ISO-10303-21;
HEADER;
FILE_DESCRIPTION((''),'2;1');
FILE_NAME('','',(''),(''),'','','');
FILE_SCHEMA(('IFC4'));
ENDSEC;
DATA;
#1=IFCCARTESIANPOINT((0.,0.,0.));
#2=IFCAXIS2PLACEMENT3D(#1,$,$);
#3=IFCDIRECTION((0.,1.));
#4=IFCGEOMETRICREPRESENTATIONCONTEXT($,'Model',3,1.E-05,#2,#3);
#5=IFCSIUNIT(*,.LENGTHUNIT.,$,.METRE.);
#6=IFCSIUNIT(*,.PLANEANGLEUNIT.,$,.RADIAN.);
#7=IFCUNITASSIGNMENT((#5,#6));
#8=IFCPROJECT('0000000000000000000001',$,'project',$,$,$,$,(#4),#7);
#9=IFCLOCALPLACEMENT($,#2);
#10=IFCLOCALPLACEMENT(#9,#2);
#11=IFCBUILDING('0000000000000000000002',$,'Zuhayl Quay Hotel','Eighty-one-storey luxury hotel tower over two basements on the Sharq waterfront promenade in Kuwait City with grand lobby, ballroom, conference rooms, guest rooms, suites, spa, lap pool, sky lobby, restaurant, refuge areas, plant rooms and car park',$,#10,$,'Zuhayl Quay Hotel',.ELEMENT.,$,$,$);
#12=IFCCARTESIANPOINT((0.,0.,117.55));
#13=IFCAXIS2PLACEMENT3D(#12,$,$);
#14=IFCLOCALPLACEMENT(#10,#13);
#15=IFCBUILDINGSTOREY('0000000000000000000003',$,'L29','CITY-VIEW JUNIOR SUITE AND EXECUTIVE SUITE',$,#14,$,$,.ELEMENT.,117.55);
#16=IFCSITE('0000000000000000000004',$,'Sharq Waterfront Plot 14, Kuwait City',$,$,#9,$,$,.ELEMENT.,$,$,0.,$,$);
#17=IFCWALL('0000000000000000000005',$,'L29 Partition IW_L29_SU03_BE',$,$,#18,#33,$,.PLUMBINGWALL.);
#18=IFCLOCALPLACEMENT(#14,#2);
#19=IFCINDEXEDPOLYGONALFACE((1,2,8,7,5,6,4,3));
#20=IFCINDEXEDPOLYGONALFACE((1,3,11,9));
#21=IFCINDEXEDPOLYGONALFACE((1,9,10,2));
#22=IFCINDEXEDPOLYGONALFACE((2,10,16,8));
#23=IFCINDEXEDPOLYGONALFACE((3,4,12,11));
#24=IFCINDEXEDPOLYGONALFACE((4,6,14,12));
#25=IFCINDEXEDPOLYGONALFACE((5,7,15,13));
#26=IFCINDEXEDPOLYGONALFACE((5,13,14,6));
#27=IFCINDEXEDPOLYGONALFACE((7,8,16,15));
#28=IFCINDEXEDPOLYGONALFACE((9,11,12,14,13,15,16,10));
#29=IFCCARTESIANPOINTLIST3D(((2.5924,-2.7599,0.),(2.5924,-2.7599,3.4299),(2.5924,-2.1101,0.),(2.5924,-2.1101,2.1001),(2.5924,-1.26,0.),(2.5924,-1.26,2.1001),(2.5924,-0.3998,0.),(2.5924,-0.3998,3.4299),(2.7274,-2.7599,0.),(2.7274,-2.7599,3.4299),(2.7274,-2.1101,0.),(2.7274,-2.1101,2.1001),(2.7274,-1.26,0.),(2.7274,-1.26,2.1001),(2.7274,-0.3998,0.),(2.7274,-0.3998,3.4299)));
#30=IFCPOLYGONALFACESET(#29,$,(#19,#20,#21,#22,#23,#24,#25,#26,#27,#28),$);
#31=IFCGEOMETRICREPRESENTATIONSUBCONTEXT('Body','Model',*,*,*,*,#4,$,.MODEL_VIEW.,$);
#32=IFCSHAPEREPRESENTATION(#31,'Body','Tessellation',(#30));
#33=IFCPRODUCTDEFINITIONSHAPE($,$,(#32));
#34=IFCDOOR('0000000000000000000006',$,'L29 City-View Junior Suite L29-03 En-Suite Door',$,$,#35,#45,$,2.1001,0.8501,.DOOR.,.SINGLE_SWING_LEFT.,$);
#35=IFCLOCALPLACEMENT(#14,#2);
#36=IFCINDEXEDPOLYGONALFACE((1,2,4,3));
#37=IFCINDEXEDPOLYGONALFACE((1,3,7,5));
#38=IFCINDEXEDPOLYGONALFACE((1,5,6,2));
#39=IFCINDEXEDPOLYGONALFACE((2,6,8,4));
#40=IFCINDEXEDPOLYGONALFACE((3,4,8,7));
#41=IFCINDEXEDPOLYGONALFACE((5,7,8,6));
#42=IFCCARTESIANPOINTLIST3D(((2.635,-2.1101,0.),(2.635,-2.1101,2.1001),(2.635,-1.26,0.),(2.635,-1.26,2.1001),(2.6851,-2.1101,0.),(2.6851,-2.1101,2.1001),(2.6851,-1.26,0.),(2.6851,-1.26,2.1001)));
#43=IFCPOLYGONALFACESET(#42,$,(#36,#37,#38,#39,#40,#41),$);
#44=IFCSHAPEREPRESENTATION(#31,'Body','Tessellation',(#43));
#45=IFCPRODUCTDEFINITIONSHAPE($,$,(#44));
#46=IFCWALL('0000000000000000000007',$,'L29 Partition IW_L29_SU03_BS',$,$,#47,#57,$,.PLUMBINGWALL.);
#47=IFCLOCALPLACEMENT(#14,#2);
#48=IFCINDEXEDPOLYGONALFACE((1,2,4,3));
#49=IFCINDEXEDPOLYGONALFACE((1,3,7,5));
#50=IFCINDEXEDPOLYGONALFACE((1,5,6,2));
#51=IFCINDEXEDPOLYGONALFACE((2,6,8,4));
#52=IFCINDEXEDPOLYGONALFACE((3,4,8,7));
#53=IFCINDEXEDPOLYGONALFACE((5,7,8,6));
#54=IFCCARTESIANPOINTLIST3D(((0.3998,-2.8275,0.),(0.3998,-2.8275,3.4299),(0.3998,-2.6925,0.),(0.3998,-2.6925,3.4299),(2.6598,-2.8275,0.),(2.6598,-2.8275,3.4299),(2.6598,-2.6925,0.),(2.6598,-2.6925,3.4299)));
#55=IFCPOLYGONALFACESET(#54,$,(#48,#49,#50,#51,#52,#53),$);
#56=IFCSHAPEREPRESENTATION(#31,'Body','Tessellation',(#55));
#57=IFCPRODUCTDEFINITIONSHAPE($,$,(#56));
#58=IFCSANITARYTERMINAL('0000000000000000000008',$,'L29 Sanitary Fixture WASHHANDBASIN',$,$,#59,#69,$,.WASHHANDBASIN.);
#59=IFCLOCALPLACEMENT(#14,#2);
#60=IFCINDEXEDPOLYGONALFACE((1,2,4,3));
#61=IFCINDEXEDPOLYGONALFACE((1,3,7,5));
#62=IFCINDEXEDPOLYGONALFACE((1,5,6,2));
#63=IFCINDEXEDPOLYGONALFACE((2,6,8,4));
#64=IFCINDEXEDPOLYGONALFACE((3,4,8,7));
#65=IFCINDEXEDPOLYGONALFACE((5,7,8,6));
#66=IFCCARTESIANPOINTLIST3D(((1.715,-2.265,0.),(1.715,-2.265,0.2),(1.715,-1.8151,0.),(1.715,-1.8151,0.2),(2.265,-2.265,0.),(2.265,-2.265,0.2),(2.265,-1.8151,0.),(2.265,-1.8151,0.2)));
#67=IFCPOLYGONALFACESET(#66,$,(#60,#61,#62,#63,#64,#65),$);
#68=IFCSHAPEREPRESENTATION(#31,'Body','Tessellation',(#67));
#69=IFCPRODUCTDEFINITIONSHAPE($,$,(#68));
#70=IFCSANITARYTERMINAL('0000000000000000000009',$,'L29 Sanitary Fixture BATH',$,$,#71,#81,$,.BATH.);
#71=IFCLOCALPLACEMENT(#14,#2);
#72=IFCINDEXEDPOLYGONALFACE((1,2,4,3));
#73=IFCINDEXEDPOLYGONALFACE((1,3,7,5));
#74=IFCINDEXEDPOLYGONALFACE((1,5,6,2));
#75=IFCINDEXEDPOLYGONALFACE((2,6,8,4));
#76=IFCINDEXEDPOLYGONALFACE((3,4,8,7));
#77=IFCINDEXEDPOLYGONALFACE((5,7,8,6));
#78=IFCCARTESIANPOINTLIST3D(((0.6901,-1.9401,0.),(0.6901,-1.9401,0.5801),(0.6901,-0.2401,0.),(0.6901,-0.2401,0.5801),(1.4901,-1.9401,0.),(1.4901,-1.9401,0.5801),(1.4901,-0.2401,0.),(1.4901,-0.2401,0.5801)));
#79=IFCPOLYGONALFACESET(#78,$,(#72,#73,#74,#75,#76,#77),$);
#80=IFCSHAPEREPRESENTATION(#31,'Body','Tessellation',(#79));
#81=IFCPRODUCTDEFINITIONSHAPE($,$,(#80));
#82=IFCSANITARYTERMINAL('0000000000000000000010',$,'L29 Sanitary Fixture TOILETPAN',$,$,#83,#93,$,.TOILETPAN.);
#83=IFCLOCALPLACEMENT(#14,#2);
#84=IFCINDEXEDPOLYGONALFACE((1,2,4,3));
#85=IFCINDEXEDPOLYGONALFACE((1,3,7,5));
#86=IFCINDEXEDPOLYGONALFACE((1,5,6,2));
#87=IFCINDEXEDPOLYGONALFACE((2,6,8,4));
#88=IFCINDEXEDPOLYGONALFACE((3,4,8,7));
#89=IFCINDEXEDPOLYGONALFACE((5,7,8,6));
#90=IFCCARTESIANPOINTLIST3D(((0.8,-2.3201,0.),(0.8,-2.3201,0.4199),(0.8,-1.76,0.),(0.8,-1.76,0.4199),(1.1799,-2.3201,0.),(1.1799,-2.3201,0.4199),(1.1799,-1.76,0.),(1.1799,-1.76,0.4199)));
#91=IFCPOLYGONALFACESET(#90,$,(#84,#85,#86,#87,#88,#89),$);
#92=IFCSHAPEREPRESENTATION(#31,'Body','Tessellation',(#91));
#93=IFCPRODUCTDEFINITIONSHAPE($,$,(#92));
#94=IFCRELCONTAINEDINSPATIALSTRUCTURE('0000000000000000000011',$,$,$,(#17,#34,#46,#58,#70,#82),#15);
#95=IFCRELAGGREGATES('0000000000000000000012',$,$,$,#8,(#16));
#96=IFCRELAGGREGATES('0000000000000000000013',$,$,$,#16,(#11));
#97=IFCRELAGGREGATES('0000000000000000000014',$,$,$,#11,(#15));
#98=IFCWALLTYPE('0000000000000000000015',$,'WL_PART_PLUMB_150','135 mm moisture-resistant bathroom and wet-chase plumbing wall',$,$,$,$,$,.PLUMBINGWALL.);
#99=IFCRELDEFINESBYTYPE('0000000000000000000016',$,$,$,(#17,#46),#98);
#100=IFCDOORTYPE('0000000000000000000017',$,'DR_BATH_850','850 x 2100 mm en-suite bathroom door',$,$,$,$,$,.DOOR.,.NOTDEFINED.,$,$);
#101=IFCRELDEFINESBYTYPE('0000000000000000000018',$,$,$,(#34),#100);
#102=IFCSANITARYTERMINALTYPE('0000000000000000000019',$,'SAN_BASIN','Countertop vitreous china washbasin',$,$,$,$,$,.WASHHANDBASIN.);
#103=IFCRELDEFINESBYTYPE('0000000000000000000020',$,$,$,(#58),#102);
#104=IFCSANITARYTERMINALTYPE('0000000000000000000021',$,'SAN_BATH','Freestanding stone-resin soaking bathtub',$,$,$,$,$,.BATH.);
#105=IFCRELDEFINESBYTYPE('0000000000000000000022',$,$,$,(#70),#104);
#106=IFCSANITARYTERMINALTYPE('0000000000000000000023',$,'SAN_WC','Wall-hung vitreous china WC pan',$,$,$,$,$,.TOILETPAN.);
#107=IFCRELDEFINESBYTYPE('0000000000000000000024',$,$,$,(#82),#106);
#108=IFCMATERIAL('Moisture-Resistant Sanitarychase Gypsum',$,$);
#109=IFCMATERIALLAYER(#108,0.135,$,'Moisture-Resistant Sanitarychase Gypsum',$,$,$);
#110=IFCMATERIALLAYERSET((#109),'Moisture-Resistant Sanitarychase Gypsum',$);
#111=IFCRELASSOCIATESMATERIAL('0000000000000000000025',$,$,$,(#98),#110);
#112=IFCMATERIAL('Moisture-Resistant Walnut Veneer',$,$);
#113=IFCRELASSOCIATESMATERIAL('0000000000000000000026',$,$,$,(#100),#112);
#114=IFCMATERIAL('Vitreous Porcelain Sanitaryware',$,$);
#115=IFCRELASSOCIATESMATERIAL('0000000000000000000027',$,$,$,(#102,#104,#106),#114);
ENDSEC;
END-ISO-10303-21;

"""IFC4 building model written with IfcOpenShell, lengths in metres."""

from ifc_helpers import new_model, si_unit, direction, frame, frame_2d, origin, origin_2d, place, context, subcontext, project, spatial, rectangle, extrude, material, layer, layer_set, type_object, element, fill, save


model = new_model("IFC4")

# Units and contexts
model_context = context("Model", 3, precision=1e-05, world=origin(), true_north=direction((0.0, 1.0)))
body_context = subcontext(model_context, "Body", "Model", "MODEL_VIEW")
ifc_project = project(units=[si_unit("LENGTHUNIT", "METRE"), si_unit("PLANEANGLEUNIT", "RADIAN")], contexts=[model_context])

# Site, building, storey
site_placement = place(None, origin())
site = spatial("IfcSite", under=ifc_project, at=site_placement, Name="Sharq Waterfront Plot 14, Kuwait City", CompositionType="ELEMENT", RefElevation=0.0)
building_placement = place(site_placement, origin())
building = spatial("IfcBuilding", under=site, at=building_placement, Name="Zuhayl Quay Hotel", Description="Eighty-one-storey luxury hotel tower over two basements on the Sharq waterfront promenade in Kuwait City with grand lobby, ballroom, conference rooms, guest rooms, suites, spa, lap pool, sky lobby, restaurant, refuge areas, plant rooms and car park", LongName="Zuhayl Quay Hotel", CompositionType="ELEMENT")
storey_placement = place(building_placement, frame((0.0, 0.0, 117.55)))
storey = spatial("IfcBuildingStorey", under=building, at=storey_placement, Name="L29", Description="CITY-VIEW JUNIOR SUITE AND EXECUTIVE SUITE", CompositionType="ELEMENT", Elevation=117.55)

# Wall, opening, door
ifc_material_1 = material(Name="Moisture-Resistant Sanitarychase Gypsum")
ifc_layer_1 = layer(ifc_material_1, 0.135, Name="Moisture-Resistant Sanitarychase Gypsum")
ifc_layer_set_1 = layer_set([ifc_layer_1], Name="Moisture-Resistant Sanitarychase Gypsum")
wall_type_1 = type_object("IfcWallType", Name="WL_PART_PLUMB_150", Description="135 mm moisture-resistant bathroom and wet-chase plumbing wall", PredefinedType="PLUMBINGWALL", material=ifc_layer_set_1)
wall_1_placement = place(storey_placement, frame((2.6599, -2.76, 0.0), z_axis=(0.0, 0.0, 1.0), x_axis=(0.0, 1.0, 0.0)))
wall_1 = element("IfcWall", 1, at=wall_1_placement, inside=storey, type_object=wall_type_1, Name="L29 Partition IW_L29_SU03_BE", PredefinedType="PLUMBINGWALL", context=body_context, shape_type="SweptSolid", body=[
    extrude(rectangle(XDim=2.3601, YDim=0.135, at=frame_2d((1.1802, 0.0))), origin(), (0.0, 0.0, 1.0), 3.4299),
])
opening_1_placement = place(wall_1_placement, frame((0.6499, 0.0, 0.0)))
opening_1 = element("IfcOpeningElement", 2, at=opening_1_placement, cuts=wall_1, PredefinedType="OPENING", context=body_context, shape_type="SweptSolid", body=[
    extrude(rectangle(XDim=0.8501, YDim=2.1001, at=frame_2d((0.425, 1.05))), frame((0.0, 0.0774, 0.0), z_axis=(0.0, -1.0, 0.0), x_axis=(1.0, 0.0, 0.0)), (0.0, 0.0, 1.0), 0.155),
])
ifc_material_2 = material(Name="Moisture-Resistant Walnut Veneer")
door_type_1 = type_object("IfcDoorType", Name="DR_BATH_850", Description="850 x 2100 mm en-suite bathroom door", OperationType="NOTDEFINED", PredefinedType="DOOR", material=ifc_material_2)
door_1_placement = place(opening_1_placement, origin())
door_1 = element("IfcDoor", 3, at=door_1_placement, inside=storey, type_object=door_type_1, Name="L29 City-View Junior Suite L29-03 En-Suite Door", OperationType="SINGLE_SWING_LEFT", OverallHeight=2.1001, OverallWidth=0.8501, PredefinedType="DOOR", context=body_context, shape_type="SweptSolid", body=[
    extrude(rectangle(XDim=0.8501, YDim=2.1001, at=frame_2d((0.425, 1.05))), frame((0.0, 0.0249, 0.0), z_axis=(0.0, -1.0, 0.0), x_axis=(1.0, 0.0, 0.0)), (0.0, 0.0, 1.0), 0.05),
])
fill(opening_1, door_1)

# Wall
wall_2_placement = place(storey_placement, frame((0.3999, -2.76, 0.0), z_axis=(0.0, 0.0, 1.0), x_axis=(1.0, 0.0, 0.0)))
element("IfcWall", 4, at=wall_2_placement, inside=storey, type_object=wall_type_1, Name="L29 Partition IW_L29_SU03_BS", PredefinedType="PLUMBINGWALL", context=body_context, shape_type="SweptSolid", body=[
    extrude(rectangle(XDim=2.26, YDim=0.135, at=frame_2d((1.1299, 0.0))), origin(), (0.0, 0.0, 1.0), 3.4299),
])

# Sanitary terminals
ifc_material_3 = material(Name="Vitreous Porcelain Sanitaryware")
sanitary_terminal_type_1 = type_object("IfcSanitaryTerminalType", Name="SAN_BASIN", Description="Countertop vitreous china washbasin", PredefinedType="WASHHANDBASIN", material=ifc_material_3)
sanitary_terminal_1_placement = place(storey_placement, frame((1.99, -2.04, 0.0), z_axis=(0.0, 0.0, 1.0), x_axis=(1.0, 0.0, 0.0)))
element("IfcSanitaryTerminal", 5, at=sanitary_terminal_1_placement, inside=storey, type_object=sanitary_terminal_type_1, Name="L29 Sanitary Fixture WASHHANDBASIN", PredefinedType="WASHHANDBASIN", context=body_context, shape_type="SweptSolid", body=[
    extrude(rectangle(XDim=0.55, YDim=0.45, at=origin_2d()), origin(), (0.0, 0.0, 1.0), 0.2),
])
sanitary_terminal_type_2 = type_object("IfcSanitaryTerminalType", Name="SAN_BATH", Description="Freestanding stone-resin soaking bathtub", PredefinedType="BATH", material=ifc_material_3)
sanitary_terminal_2_placement = place(storey_placement, frame((1.0901, -1.0901, 0.0), z_axis=(0.0, 0.0, 1.0), x_axis=(1.0, 0.0, 0.0)))
element("IfcSanitaryTerminal", 6, at=sanitary_terminal_2_placement, inside=storey, type_object=sanitary_terminal_type_2, Name="L29 Sanitary Fixture BATH", PredefinedType="BATH", context=body_context, shape_type="SweptSolid", body=[
    extrude(rectangle(XDim=0.8, YDim=1.7, at=origin_2d()), origin(), (0.0, 0.0, 1.0), 0.5801),
])
sanitary_terminal_type_3 = type_object("IfcSanitaryTerminalType", Name="SAN_WC", Description="Wall-hung vitreous china WC pan", PredefinedType="TOILETPAN", material=ifc_material_3)
sanitary_terminal_3_placement = place(storey_placement, frame((0.99, -2.04, 0.0), z_axis=(0.0, 0.0, 1.0), x_axis=(1.0, 0.0, 0.0)))
element("IfcSanitaryTerminal", 7, at=sanitary_terminal_3_placement, inside=storey, type_object=sanitary_terminal_type_3, Name="L29 Sanitary Fixture TOILETPAN", PredefinedType="TOILETPAN", context=body_context, shape_type="SweptSolid", body=[
    extrude(rectangle(XDim=0.3799, YDim=0.5601, at=origin_2d()), origin(), (0.0, 0.0, 1.0), 0.4199),
])

save(model, "model.ifc")
